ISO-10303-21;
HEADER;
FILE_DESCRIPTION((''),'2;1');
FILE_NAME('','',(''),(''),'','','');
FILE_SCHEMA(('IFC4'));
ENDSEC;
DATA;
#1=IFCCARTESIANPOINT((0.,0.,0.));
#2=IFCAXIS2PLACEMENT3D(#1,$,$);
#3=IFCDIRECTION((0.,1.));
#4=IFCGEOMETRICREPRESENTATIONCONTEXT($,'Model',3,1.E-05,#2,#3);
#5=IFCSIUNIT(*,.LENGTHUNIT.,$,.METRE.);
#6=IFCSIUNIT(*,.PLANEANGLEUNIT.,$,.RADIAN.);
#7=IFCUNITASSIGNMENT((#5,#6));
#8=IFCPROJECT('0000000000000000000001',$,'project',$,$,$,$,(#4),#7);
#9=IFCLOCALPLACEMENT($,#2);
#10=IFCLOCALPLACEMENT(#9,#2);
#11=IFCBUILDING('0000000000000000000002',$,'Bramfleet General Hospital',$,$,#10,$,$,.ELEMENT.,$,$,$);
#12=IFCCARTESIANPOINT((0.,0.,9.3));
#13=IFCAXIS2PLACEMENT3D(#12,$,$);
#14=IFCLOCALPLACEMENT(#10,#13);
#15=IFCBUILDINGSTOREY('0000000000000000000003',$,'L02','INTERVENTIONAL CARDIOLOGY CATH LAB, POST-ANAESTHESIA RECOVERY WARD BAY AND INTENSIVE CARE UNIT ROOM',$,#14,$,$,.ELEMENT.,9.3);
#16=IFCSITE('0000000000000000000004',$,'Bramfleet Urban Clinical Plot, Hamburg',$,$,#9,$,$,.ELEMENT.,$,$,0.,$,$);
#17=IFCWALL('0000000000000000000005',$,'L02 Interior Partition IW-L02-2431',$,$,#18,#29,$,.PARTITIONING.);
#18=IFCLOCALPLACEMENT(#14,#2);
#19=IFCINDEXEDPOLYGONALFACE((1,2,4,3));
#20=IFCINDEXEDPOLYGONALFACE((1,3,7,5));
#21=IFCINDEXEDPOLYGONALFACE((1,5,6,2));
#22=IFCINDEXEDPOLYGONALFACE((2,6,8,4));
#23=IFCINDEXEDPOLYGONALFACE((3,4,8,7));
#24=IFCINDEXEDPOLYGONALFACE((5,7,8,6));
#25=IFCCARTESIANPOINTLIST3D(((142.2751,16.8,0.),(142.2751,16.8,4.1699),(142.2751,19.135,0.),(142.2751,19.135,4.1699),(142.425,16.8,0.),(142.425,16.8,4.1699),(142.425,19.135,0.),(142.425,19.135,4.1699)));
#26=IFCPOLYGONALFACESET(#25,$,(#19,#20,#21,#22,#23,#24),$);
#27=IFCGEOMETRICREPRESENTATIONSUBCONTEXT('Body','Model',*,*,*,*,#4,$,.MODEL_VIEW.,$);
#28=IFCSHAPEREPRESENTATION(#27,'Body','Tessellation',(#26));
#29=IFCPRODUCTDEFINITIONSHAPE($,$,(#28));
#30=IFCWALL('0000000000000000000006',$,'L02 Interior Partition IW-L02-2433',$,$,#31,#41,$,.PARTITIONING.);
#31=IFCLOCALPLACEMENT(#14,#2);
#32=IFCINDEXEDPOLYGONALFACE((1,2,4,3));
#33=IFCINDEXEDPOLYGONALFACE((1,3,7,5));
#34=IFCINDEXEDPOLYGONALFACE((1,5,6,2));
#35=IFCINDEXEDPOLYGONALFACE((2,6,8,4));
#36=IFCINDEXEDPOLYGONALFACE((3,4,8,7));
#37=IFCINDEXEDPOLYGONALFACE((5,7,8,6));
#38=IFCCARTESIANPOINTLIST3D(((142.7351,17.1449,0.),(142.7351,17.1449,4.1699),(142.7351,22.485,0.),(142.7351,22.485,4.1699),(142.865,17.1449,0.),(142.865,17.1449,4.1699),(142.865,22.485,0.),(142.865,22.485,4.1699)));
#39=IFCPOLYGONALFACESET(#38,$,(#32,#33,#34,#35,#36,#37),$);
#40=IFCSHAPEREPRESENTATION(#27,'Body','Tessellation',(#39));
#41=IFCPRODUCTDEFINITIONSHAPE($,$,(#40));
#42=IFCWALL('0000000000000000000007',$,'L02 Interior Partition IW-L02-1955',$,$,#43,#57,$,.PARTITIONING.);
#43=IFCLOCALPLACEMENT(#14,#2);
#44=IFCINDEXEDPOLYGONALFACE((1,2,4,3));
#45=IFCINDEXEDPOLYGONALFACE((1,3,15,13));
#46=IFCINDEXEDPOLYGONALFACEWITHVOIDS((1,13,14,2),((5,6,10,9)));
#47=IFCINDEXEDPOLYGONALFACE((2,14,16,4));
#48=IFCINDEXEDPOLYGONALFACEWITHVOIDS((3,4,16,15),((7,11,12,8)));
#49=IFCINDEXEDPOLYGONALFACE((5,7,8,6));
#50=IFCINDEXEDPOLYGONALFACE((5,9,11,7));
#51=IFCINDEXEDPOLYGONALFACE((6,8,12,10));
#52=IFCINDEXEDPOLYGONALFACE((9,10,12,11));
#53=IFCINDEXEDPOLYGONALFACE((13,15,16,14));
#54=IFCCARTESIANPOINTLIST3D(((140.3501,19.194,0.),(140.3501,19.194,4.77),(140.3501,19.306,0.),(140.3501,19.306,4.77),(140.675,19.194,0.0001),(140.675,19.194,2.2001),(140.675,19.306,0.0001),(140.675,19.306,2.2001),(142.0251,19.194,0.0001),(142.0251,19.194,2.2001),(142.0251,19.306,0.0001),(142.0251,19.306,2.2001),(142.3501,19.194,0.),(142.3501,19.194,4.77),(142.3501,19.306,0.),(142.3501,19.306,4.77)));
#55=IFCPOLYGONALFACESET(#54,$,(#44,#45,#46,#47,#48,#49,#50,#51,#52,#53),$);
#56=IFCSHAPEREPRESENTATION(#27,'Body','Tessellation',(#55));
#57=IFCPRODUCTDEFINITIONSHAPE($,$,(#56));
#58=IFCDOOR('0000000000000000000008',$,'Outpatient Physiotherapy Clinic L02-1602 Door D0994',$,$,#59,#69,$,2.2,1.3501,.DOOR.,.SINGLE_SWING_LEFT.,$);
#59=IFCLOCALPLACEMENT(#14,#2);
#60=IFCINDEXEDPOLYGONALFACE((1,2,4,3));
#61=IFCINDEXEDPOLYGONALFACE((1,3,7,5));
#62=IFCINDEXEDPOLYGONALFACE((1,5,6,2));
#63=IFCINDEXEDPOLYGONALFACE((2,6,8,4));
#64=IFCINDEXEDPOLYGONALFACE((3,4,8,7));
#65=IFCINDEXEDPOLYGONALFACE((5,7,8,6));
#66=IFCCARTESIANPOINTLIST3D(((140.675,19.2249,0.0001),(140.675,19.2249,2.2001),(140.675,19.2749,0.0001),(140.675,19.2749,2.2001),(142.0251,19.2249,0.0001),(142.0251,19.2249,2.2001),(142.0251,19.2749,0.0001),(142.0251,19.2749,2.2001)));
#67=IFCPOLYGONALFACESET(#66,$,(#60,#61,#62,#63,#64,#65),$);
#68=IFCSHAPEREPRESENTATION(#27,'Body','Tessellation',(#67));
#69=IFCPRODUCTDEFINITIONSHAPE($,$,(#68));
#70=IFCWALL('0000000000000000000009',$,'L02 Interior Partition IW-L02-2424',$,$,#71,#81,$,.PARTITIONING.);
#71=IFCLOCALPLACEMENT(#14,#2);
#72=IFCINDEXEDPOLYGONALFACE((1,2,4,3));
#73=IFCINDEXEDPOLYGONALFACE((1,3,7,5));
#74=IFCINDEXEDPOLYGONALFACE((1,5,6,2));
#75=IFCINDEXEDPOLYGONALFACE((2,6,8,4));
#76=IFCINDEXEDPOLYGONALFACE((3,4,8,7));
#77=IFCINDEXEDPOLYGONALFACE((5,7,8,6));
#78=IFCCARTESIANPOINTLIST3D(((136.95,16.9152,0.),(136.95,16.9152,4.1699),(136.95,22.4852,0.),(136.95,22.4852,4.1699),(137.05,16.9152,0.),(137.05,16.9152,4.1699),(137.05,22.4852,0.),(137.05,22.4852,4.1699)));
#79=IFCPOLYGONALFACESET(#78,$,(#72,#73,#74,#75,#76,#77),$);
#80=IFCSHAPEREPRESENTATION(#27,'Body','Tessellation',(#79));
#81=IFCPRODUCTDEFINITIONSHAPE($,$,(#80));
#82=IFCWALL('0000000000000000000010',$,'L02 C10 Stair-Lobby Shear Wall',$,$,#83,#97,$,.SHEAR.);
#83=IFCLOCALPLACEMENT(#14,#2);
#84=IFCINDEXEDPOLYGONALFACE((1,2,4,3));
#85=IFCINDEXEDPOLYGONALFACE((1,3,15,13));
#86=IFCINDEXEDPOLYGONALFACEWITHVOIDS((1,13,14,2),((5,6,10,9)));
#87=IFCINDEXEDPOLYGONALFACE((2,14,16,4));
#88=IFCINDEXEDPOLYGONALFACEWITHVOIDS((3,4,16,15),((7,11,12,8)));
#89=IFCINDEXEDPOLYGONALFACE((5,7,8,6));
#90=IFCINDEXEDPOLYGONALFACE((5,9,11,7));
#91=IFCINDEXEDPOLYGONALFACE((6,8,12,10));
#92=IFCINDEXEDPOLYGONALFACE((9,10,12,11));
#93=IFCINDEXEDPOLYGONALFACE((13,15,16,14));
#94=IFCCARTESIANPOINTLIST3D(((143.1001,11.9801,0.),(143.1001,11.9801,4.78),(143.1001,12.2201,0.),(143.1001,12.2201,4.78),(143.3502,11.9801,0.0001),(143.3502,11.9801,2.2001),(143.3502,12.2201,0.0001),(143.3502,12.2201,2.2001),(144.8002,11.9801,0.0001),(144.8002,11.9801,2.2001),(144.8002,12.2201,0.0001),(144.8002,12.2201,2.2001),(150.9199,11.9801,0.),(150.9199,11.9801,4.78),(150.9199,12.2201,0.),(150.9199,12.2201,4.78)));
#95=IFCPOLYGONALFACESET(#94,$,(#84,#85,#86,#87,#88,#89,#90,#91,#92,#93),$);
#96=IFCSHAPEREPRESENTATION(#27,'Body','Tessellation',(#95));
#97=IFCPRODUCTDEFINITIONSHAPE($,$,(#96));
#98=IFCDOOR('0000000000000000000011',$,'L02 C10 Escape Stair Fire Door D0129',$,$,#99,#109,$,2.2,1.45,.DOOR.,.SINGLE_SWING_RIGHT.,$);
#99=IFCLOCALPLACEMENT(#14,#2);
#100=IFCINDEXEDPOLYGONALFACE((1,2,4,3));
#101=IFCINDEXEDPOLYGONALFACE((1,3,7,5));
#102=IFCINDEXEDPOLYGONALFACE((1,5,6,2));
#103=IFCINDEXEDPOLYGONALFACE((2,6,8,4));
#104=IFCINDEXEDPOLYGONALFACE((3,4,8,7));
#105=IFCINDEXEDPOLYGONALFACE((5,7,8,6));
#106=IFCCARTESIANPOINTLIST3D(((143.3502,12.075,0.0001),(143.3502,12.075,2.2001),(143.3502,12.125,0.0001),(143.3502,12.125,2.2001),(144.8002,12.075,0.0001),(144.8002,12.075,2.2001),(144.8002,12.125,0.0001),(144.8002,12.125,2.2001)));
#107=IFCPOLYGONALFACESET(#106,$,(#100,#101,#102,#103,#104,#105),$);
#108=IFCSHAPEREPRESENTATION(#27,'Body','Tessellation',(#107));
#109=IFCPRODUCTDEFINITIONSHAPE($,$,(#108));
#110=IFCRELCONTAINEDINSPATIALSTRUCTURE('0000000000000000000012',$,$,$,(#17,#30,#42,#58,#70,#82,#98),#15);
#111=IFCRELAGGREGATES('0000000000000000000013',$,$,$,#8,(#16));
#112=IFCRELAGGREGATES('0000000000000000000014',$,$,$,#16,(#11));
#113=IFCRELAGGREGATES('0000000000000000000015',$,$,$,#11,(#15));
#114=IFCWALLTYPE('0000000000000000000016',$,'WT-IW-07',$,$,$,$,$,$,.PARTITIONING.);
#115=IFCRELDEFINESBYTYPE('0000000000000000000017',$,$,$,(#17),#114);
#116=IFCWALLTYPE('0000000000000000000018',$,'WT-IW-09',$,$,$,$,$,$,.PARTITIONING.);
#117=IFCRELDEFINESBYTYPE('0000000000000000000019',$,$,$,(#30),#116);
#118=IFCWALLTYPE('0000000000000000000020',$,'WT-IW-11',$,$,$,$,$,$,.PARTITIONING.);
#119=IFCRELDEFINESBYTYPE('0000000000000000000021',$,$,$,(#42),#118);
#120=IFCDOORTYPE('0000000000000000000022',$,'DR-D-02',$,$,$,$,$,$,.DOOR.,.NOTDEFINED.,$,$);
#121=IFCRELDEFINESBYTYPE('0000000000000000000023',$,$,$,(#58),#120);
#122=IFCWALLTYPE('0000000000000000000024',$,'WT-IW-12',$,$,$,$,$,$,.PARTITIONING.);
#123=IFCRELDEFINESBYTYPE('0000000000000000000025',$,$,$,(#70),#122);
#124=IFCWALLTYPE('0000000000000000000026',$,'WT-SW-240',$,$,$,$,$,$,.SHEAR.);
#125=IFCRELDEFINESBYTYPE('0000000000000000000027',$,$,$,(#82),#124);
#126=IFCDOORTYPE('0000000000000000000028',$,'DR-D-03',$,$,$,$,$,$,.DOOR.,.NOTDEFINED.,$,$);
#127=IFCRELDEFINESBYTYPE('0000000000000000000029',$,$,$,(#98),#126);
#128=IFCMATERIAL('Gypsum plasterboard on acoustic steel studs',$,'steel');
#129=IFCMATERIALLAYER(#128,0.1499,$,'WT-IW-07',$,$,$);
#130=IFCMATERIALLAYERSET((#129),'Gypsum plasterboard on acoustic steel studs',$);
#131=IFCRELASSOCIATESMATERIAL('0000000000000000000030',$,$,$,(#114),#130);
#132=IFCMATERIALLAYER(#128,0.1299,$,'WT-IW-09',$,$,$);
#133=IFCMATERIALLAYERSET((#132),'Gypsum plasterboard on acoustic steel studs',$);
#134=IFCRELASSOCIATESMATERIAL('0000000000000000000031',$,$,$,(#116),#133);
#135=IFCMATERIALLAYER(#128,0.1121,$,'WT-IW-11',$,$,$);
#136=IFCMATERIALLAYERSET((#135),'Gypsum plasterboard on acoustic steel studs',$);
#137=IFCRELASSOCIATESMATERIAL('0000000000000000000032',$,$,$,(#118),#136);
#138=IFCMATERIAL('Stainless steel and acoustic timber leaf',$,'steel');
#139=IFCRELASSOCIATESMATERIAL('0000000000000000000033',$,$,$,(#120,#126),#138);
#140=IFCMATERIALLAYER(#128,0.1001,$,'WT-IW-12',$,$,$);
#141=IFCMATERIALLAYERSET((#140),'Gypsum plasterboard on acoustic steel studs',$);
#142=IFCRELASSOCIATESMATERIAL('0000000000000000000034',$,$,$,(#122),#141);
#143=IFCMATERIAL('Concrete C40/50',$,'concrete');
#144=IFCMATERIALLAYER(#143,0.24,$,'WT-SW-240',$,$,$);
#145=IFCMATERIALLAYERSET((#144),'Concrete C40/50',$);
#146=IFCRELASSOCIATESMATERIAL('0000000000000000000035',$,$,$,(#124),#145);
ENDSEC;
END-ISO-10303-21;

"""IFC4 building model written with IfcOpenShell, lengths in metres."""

from ifc_helpers import new_model, si_unit, direction, frame, frame_2d, origin, place, context, subcontext, project, spatial, rectangle, extrude, material, layer, layer_set, type_object, element, fill, save


model = new_model("IFC4")

# Units and contexts
model_context = context("Model", 3, precision=1e-05, world=origin(), true_north=direction((0.0, 1.0)))
body_context = subcontext(model_context, "Body", "Model", "MODEL_VIEW")
ifc_project = project(units=[si_unit("LENGTHUNIT", "METRE"), si_unit("PLANEANGLEUNIT", "RADIAN")], contexts=[model_context])

# Site, building, storey
site_placement = place(None, origin())
site = spatial("IfcSite", under=ifc_project, at=site_placement, Name="Bramfleet Urban Clinical Plot, Hamburg", CompositionType="ELEMENT", RefElevation=0.0)
building_placement = place(site_placement, origin())
building = spatial("IfcBuilding", under=site, at=building_placement, Name="Bramfleet General Hospital", CompositionType="ELEMENT")
storey_placement = place(building_placement, frame((0.0, 0.0, 9.3)))
storey = spatial("IfcBuildingStorey", under=building, at=storey_placement, Name="L02", Description="INTERVENTIONAL CARDIOLOGY CATH LAB, POST-ANAESTHESIA RECOVERY WARD BAY AND INTENSIVE CARE UNIT ROOM", CompositionType="ELEMENT", Elevation=9.3)

# Shared definitions
ifc_material_1 = material(Name="Concrete C40/50", Category="concrete")

# Shared definitions
ifc_material_2 = material(Name="Stainless steel and acoustic timber leaf", Category="steel")

# Walls
ifc_material_3 = material(Name="Gypsum plasterboard on acoustic steel studs", Category="steel")
ifc_layer_1 = layer(ifc_material_3, 0.1499, Name="WT-IW-07")
ifc_layer_set_1 = layer_set([ifc_layer_1], Name="Gypsum plasterboard on acoustic steel studs")
wall_type_1 = type_object("IfcWallType", Name="WT-IW-07", PredefinedType="PARTITIONING", material=ifc_layer_set_1)
wall_1_placement = place(storey_placement, frame((142.3501, 16.8, 0.0), z_axis=(0.0, 0.0, 1.0), x_axis=(0.0, 1.0, 0.0)))
element("IfcWall", 1, at=wall_1_placement, inside=storey, type_object=wall_type_1, Name="L02 Interior Partition IW-L02-2431", PredefinedType="PARTITIONING", context=body_context, shape_type="SweptSolid", body=[
    extrude(rectangle(XDim=2.335, YDim=0.1499, at=frame_2d((1.1675, 0.0))), origin(), (0.0, 0.0, 1.0), 4.1699),
])
ifc_layer_2 = layer(ifc_material_3, 0.1299, Name="WT-IW-09")
ifc_layer_set_2 = layer_set([ifc_layer_2], Name="Gypsum plasterboard on acoustic steel studs")
wall_type_2 = type_object("IfcWallType", Name="WT-IW-09", PredefinedType="PARTITIONING", material=ifc_layer_set_2)
wall_2_placement = place(storey_placement, frame((142.8, 17.145, 0.0), z_axis=(0.0, 0.0, 1.0), x_axis=(0.0, 1.0, 0.0)))
element("IfcWall", 2, at=wall_2_placement, inside=storey, type_object=wall_type_2, Name="L02 Interior Partition IW-L02-2433", PredefinedType="PARTITIONING", context=body_context, shape_type="SweptSolid", body=[
    extrude(rectangle(XDim=5.3401, YDim=0.1299, at=frame_2d((2.6699, 0.0))), origin(), (0.0, 0.0, 1.0), 4.1699),
])

# Wall, opening, door
ifc_layer_3 = layer(ifc_material_3, 0.1121, Name="WT-IW-11")
ifc_layer_set_3 = layer_set([ifc_layer_3], Name="Gypsum plasterboard on acoustic steel studs")
wall_type_3 = type_object("IfcWallType", Name="WT-IW-11", PredefinedType="PARTITIONING", material=ifc_layer_set_3)
wall_3_placement = place(storey_placement, frame((140.3501, 19.25, 0.0), z_axis=(0.0, 0.0, 1.0), x_axis=(1.0, 0.0, 0.0)))
wall_3 = element("IfcWall", 3, at=wall_3_placement, inside=storey, type_object=wall_type_3, Name="L02 Interior Partition IW-L02-1955", PredefinedType="PARTITIONING", context=body_context, shape_type="SweptSolid", body=[
    extrude(rectangle(XDim=2.0, YDim=0.1121, at=frame_2d((1.0, 0.0))), origin(), (0.0, 0.0, 1.0), 4.77),
])
opening_1_placement = place(wall_3_placement, frame((0.325, 0.0, 0.0)))
opening_1 = element("IfcOpeningElement", 4, at=opening_1_placement, cuts=wall_3, PredefinedType="OPENING", context=body_context, shape_type="SweptSolid", body=[
    extrude(rectangle(XDim=1.3501, YDim=2.2, at=frame_2d((0.675, 1.1001))), frame((0.0, 0.0659, 0.0), z_axis=(0.0, -1.0, 0.0), x_axis=(1.0, 0.0, 0.0)), (0.0, 0.0, 1.0), 0.1321),
])
door_type_1 = type_object("IfcDoorType", Name="DR-D-02", OperationType="NOTDEFINED", PredefinedType="DOOR", material=ifc_material_2)
door_1_placement = place(opening_1_placement, origin())
door_1 = element("IfcDoor", 5, at=door_1_placement, inside=storey, type_object=door_type_1, Name="Outpatient Physiotherapy Clinic L02-1602 Door D0994", OperationType="SINGLE_SWING_LEFT", OverallHeight=2.2, OverallWidth=1.3501, PredefinedType="DOOR", context=body_context, shape_type="SweptSolid", body=[
    extrude(rectangle(XDim=1.3501, YDim=2.2, at=frame_2d((0.675, 1.1001))), frame((0.0, 0.0249, 0.0), z_axis=(0.0, -1.0, 0.0), x_axis=(1.0, 0.0, 0.0)), (0.0, 0.0, 1.0), 0.05),
])
fill(opening_1, door_1)

# Wall
ifc_layer_4 = layer(ifc_material_3, 0.1001, Name="WT-IW-12")
ifc_layer_set_4 = layer_set([ifc_layer_4], Name="Gypsum plasterboard on acoustic steel studs")
wall_type_4 = type_object("IfcWallType", Name="WT-IW-12", PredefinedType="PARTITIONING", material=ifc_layer_set_4)
wall_4_placement = place(storey_placement, frame((137.0, 16.915, 0.0), z_axis=(0.0, 0.0, 1.0), x_axis=(0.0, 1.0, 0.0)))
element("IfcWall", 6, at=wall_4_placement, inside=storey, type_object=wall_type_4, Name="L02 Interior Partition IW-L02-2424", PredefinedType="PARTITIONING", context=body_context, shape_type="SweptSolid", body=[
    extrude(rectangle(XDim=5.5701, YDim=0.1001, at=frame_2d((2.7852, 0.0))), origin(), (0.0, 0.0, 1.0), 4.1699),
])

# Wall, opening, door
ifc_layer_5 = layer(ifc_material_1, 0.24, Name="WT-SW-240")
ifc_layer_set_5 = layer_set([ifc_layer_5], Name="Concrete C40/50")
wall_type_5 = type_object("IfcWallType", Name="WT-SW-240", PredefinedType="SHEAR", material=ifc_layer_set_5)
wall_5_placement = place(storey_placement, frame((143.1001, 12.1001, 0.0), z_axis=(0.0, 0.0, 1.0), x_axis=(1.0, 0.0, 0.0)))
wall_5 = element("IfcWall", 7, at=wall_5_placement, inside=storey, type_object=wall_type_5, Name="L02 C10 Stair-Lobby Shear Wall", PredefinedType="SHEAR", context=body_context, shape_type="SweptSolid", body=[
    extrude(rectangle(XDim=7.8198, YDim=0.24, at=frame_2d((3.9099, 0.0))), origin(), (0.0, 0.0, 1.0), 4.78),
])
opening_2_placement = place(wall_5_placement, frame((0.25, 0.0, 0.0)))
opening_2 = element("IfcOpeningElement", 8, at=opening_2_placement, cuts=wall_5, PredefinedType="OPENING", context=body_context, shape_type="SweptSolid", body=[
    extrude(rectangle(XDim=1.45, YDim=2.2, at=frame_2d((0.7251, 1.1001))), frame((0.0, 0.1299, 0.0), z_axis=(0.0, -1.0, 0.0), x_axis=(1.0, 0.0, 0.0)), (0.0, 0.0, 1.0), 0.26),
])
door_type_2 = type_object("IfcDoorType", Name="DR-D-03", OperationType="NOTDEFINED", PredefinedType="DOOR", material=ifc_material_2)
door_2_placement = place(opening_2_placement, origin())
door_2 = element("IfcDoor", 9, at=door_2_placement, inside=storey, type_object=door_type_2, Name="L02 C10 Escape Stair Fire Door D0129", OperationType="SINGLE_SWING_RIGHT", OverallHeight=2.2, OverallWidth=1.45, PredefinedType="DOOR", context=body_context, shape_type="SweptSolid", body=[
    extrude(rectangle(XDim=1.45, YDim=2.2, at=frame_2d((0.7251, 1.1001))), frame((0.0, 0.0249, 0.0), z_axis=(0.0, -1.0, 0.0), x_axis=(1.0, 0.0, 0.0)), (0.0, 0.0, 1.0), 0.05),
])
fill(opening_2, door_2)

save(model, "model.ifc")
